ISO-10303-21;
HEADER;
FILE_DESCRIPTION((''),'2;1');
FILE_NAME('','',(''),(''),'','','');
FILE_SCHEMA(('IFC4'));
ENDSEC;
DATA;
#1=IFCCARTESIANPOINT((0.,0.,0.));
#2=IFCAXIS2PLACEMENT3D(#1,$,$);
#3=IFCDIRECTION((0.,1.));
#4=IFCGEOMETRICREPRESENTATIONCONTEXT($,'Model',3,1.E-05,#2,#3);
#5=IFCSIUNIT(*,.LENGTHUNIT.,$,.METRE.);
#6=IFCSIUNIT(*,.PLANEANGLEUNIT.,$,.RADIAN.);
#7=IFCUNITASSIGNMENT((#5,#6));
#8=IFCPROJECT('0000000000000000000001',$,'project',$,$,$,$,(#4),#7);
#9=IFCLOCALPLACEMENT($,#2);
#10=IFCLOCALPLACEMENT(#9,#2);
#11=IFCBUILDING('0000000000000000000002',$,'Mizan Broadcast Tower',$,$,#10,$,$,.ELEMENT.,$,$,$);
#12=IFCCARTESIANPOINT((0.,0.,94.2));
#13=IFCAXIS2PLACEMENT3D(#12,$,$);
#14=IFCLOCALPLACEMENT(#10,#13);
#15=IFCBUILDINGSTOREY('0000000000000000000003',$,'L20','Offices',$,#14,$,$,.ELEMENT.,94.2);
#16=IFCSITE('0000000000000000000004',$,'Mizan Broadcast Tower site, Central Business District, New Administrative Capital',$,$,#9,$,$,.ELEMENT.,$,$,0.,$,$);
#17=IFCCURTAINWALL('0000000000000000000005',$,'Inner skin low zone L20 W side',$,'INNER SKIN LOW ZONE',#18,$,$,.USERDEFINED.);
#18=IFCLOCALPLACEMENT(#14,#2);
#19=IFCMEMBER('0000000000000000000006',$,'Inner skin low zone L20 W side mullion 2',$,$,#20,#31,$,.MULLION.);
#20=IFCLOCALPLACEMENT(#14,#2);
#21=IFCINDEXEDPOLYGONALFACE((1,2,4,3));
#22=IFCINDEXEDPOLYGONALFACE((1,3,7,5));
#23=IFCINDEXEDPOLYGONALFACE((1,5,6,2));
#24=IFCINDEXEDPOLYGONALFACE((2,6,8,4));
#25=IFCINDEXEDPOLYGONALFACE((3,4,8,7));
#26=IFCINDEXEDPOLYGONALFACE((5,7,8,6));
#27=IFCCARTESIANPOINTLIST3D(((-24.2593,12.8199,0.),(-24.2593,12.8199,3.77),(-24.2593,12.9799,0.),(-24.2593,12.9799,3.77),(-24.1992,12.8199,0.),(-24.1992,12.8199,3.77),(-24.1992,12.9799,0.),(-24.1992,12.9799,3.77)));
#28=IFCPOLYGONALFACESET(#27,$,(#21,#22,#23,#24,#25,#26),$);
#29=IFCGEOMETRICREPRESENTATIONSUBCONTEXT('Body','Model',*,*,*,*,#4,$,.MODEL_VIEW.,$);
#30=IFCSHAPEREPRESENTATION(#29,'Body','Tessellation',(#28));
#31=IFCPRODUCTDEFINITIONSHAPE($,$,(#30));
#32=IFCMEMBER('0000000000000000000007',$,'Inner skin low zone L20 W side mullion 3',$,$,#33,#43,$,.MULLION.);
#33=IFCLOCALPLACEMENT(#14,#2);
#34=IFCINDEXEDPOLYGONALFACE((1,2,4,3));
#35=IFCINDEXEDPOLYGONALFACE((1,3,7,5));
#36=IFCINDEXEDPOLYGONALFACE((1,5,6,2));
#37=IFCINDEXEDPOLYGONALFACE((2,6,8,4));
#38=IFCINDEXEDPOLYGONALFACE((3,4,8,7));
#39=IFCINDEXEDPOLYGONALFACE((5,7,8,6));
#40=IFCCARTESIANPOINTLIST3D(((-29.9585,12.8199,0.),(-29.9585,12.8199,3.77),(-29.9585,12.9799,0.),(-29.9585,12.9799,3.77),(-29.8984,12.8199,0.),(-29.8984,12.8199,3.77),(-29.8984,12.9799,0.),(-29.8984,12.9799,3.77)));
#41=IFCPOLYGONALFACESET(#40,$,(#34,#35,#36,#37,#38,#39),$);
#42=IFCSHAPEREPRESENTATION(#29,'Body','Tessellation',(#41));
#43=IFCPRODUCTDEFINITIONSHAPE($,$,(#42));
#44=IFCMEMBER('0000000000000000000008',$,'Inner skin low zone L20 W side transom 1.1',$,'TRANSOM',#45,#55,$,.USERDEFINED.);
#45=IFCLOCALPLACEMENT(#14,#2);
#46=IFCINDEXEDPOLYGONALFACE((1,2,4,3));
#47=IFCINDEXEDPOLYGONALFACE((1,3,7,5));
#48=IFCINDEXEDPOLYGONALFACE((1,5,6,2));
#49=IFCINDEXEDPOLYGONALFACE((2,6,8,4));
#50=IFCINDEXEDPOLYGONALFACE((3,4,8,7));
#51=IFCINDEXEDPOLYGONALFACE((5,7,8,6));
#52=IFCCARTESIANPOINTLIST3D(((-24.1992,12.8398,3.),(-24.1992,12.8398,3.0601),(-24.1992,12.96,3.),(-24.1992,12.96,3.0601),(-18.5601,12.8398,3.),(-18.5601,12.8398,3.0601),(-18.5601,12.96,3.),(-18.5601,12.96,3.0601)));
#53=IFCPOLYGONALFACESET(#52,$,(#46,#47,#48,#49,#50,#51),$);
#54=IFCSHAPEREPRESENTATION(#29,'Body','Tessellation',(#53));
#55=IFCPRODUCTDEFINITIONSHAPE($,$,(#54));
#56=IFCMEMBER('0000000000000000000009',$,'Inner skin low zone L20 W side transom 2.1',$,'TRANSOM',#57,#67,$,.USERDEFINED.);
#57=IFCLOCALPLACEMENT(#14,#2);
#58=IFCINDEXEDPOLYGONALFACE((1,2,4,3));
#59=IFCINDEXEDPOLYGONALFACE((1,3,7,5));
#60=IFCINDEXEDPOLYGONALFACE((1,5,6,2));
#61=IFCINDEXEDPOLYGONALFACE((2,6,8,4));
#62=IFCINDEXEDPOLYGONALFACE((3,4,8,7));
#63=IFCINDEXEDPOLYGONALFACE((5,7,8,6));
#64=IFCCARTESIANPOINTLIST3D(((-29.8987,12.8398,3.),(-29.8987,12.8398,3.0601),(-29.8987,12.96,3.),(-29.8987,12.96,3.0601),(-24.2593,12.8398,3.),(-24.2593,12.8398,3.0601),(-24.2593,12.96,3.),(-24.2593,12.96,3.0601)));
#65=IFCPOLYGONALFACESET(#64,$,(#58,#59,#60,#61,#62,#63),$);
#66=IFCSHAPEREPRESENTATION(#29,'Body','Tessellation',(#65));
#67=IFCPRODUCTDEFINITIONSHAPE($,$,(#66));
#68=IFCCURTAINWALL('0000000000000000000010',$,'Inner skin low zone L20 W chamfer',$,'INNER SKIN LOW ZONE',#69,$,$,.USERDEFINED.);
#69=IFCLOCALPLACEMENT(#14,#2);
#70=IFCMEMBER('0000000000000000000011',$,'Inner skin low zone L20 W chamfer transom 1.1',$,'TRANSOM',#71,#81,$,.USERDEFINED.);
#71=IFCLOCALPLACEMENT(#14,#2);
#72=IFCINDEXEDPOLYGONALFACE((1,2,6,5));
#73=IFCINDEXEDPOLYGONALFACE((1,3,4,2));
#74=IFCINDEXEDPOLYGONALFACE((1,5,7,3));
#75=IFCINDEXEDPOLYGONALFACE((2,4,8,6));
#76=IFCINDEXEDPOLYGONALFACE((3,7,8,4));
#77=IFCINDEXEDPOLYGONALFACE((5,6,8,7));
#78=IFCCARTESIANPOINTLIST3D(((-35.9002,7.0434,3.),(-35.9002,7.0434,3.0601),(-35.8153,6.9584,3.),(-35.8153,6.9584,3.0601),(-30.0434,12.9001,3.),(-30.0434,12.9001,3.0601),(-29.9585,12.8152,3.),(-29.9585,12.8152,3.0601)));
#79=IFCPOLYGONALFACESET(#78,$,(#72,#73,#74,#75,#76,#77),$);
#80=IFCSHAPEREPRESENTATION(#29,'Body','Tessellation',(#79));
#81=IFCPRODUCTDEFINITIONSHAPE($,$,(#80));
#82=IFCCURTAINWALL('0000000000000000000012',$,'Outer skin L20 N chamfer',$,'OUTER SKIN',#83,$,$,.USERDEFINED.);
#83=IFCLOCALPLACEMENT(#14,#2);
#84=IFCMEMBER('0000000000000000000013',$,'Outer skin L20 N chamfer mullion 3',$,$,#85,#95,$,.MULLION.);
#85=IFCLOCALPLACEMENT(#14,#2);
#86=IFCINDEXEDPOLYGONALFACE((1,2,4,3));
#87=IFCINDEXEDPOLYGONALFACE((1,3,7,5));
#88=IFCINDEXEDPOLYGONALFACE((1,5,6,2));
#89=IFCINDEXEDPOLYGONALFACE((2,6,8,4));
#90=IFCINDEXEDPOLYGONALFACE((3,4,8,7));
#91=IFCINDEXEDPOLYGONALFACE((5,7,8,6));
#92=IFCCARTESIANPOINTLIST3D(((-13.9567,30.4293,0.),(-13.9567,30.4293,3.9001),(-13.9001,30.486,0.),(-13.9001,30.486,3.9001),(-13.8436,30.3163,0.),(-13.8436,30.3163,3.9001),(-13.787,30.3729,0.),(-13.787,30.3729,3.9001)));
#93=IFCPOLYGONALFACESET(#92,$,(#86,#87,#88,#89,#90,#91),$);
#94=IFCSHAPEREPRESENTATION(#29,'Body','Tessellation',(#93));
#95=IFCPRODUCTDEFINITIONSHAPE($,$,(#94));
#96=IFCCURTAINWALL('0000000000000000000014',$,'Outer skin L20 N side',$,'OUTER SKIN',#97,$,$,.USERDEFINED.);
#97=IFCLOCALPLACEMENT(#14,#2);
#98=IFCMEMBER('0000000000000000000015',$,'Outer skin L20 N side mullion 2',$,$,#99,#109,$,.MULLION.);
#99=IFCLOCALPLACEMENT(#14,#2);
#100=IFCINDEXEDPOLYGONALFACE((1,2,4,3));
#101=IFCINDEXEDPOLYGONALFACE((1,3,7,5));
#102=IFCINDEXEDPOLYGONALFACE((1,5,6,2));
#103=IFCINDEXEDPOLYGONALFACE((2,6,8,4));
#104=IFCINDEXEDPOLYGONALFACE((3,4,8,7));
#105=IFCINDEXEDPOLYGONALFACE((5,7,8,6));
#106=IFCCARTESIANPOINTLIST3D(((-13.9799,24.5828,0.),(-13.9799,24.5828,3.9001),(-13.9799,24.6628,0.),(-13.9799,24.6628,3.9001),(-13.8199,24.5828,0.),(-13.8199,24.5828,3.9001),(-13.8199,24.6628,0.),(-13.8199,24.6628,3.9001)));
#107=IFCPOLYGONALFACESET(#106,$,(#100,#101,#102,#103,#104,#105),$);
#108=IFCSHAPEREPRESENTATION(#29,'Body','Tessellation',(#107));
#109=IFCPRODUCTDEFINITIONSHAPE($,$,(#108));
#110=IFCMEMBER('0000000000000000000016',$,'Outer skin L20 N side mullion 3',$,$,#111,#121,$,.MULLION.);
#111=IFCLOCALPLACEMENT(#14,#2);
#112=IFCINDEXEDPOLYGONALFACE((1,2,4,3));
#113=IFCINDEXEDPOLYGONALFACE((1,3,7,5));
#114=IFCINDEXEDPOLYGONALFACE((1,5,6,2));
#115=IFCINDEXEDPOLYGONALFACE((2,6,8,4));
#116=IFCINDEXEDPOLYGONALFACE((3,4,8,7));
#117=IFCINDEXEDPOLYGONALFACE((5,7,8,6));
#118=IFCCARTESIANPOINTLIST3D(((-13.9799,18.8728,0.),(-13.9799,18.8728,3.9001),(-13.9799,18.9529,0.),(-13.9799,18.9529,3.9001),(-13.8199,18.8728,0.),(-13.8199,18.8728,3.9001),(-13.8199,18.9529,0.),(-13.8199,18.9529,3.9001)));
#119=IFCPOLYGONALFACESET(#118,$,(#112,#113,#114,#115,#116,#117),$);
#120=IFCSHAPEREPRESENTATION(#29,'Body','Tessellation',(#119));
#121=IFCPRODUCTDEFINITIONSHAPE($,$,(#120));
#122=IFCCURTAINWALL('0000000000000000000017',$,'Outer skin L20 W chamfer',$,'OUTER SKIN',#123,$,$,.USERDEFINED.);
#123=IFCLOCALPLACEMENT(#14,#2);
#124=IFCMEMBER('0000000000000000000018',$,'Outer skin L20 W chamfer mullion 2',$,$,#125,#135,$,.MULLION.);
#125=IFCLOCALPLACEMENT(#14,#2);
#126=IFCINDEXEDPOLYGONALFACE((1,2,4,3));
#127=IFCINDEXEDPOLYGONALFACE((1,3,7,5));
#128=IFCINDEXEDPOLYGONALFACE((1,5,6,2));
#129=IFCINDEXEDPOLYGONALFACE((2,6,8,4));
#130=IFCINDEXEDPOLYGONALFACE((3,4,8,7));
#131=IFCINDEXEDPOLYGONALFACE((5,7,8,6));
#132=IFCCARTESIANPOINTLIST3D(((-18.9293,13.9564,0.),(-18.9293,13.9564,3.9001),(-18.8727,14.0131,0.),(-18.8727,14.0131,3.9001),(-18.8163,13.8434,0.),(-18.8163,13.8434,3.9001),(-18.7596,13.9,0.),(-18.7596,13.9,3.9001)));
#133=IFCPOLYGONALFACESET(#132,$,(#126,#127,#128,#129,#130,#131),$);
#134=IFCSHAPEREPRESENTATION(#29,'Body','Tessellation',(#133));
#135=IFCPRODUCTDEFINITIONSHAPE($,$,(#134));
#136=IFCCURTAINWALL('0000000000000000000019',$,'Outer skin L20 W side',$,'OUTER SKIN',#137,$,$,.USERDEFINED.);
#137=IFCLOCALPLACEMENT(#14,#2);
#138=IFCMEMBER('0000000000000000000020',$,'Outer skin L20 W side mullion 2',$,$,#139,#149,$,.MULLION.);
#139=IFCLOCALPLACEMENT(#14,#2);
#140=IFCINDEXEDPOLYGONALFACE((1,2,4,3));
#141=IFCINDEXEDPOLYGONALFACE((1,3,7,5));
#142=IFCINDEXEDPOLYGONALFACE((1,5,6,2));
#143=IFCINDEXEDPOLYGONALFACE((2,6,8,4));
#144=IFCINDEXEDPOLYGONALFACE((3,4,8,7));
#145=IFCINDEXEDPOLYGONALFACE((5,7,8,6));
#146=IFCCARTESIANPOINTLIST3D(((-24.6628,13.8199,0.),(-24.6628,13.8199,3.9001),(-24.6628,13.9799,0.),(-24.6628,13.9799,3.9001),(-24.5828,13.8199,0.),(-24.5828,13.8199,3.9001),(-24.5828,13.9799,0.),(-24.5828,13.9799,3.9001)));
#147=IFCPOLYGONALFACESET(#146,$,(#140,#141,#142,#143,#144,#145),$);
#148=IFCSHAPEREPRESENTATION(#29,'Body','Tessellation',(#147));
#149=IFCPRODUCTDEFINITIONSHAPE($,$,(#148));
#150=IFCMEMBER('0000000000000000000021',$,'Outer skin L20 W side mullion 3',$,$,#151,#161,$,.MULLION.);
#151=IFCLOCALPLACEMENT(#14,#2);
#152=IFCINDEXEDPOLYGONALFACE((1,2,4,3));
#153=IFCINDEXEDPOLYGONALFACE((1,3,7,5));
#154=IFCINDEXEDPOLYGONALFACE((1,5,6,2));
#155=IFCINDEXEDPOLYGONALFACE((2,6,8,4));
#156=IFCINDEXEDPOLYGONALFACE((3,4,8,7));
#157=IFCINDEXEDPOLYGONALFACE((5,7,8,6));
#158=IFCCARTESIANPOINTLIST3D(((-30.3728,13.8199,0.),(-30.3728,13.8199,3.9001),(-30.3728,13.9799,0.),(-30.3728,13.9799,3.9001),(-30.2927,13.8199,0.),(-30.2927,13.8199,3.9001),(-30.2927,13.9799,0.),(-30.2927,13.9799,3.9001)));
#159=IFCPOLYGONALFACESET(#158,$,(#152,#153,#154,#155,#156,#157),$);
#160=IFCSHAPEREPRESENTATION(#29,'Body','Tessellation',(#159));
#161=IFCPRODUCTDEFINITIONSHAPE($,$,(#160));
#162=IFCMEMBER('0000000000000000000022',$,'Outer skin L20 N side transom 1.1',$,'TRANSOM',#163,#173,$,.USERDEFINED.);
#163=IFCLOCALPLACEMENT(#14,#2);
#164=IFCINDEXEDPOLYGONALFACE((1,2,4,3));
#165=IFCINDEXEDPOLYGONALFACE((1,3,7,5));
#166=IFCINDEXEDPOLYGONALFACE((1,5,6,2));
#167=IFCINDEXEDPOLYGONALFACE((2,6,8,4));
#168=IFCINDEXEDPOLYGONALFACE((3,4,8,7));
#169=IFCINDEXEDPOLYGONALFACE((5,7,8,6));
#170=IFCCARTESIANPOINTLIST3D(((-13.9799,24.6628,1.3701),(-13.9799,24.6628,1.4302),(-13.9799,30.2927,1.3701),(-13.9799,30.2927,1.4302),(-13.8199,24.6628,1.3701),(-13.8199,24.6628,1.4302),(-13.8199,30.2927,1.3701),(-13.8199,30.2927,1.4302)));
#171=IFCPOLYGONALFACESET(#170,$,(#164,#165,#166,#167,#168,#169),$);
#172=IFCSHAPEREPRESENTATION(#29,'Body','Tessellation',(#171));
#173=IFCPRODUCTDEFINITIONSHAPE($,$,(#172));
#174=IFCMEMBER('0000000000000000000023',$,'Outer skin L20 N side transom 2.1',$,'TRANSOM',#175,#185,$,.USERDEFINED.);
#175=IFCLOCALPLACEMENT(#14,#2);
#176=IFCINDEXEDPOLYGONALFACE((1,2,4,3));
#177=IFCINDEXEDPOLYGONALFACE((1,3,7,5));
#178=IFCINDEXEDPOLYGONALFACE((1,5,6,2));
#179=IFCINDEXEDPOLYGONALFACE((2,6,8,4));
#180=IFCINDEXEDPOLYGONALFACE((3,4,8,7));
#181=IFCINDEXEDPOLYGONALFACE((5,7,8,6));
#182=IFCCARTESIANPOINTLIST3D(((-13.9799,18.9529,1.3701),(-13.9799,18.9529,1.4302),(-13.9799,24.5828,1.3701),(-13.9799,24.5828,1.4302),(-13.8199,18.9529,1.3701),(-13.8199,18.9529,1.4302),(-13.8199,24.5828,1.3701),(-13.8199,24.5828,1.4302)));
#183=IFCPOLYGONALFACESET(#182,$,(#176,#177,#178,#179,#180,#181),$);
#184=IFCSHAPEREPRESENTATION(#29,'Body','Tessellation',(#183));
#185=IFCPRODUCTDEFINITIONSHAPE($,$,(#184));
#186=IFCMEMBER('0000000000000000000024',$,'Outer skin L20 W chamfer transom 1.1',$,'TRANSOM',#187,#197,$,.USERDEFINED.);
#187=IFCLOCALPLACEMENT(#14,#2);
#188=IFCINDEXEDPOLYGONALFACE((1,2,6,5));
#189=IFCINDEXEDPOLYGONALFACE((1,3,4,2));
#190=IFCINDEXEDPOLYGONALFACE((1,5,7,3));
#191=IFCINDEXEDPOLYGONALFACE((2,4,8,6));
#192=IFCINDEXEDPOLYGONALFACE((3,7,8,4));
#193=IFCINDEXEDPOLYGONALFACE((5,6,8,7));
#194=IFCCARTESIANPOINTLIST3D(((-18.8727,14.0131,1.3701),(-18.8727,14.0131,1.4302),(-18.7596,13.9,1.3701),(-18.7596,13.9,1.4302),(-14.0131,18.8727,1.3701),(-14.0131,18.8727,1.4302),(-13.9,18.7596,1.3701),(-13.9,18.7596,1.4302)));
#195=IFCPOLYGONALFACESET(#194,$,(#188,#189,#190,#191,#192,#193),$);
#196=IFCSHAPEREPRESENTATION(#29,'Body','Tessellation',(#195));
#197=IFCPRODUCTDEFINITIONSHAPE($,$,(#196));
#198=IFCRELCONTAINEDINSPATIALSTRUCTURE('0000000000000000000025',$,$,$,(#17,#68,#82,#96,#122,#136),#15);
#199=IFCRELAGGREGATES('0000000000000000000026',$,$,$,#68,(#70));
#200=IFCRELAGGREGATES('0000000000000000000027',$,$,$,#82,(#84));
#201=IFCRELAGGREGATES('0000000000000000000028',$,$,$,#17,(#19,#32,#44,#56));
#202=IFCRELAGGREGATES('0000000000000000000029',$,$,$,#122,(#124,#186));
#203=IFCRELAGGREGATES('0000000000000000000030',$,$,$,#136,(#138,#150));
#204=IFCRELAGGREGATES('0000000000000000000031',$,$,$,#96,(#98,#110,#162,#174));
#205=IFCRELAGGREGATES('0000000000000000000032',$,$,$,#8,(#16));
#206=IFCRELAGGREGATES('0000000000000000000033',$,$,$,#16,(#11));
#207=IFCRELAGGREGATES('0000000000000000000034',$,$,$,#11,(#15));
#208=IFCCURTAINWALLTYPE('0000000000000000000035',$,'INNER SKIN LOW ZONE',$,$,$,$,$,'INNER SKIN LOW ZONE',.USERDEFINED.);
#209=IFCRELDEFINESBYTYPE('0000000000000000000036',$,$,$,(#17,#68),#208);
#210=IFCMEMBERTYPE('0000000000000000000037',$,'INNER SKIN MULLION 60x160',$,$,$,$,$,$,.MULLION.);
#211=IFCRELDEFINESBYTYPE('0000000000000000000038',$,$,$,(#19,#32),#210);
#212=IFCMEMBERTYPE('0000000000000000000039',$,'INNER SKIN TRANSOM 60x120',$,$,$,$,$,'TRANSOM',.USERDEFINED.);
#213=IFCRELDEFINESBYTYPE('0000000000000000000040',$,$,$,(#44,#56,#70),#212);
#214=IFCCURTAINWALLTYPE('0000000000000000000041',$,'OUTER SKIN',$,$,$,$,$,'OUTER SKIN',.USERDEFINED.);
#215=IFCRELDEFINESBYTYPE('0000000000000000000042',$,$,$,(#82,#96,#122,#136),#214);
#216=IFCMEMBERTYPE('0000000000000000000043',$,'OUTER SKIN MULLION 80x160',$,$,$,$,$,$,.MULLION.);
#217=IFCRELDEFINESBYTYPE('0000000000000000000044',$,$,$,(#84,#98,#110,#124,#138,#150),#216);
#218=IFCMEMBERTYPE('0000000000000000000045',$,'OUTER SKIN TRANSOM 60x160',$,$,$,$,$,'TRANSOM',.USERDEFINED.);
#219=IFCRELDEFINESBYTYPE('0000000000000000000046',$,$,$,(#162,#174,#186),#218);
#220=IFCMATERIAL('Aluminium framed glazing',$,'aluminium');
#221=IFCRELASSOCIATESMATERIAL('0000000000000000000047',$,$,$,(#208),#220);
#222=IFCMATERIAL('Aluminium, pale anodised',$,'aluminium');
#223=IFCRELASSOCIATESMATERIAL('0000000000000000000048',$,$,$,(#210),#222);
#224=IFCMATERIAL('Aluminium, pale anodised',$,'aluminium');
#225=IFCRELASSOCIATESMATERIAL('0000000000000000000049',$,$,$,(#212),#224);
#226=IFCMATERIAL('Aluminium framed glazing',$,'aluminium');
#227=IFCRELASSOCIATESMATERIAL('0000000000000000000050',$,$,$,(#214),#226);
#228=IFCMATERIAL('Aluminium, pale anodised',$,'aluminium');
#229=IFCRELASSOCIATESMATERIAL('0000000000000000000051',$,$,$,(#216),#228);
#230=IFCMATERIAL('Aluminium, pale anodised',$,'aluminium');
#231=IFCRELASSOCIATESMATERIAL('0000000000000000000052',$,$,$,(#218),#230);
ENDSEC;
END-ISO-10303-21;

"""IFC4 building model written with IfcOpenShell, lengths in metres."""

from ifc_helpers import new_model, si_unit, direction, frame, origin, origin_2d, place, context, subcontext, project, spatial, rectangle, extrude, material, material_profile, profile_set, type_object, element, aggregate, save


model = new_model("IFC4")

# Units and contexts
model_context = context("Model", 3, precision=1e-05, world=origin(), true_north=direction((0.0, 1.0)))
body_context = subcontext(model_context, "Body", "Model", "MODEL_VIEW")
ifc_project = project(units=[si_unit("LENGTHUNIT", "METRE"), si_unit("PLANEANGLEUNIT", "RADIAN")], contexts=[model_context])

# Site, building, storey
site_placement = place(None, origin())
site = spatial("IfcSite", under=ifc_project, at=site_placement, Name="Mizan Broadcast Tower site, Central Business District, New Administrative Capital", CompositionType="ELEMENT", RefElevation=0.0)
building_placement = place(site_placement, origin())
building = spatial("IfcBuilding", under=site, at=building_placement, Name="Mizan Broadcast Tower", CompositionType="ELEMENT")
storey_placement = place(building_placement, frame((0.0, 0.0, 94.2)))
storey = spatial("IfcBuildingStorey", under=building, at=storey_placement, Name="L20", Description="Offices", CompositionType="ELEMENT", Elevation=94.2)

# Curtain wall, members
ifc_material_1 = material(Name="Aluminium framed glazing", Category="aluminium")
curtain_wall_type_1 = type_object("IfcCurtainWallType", Name="INNER SKIN LOW ZONE", ElementType="INNER SKIN LOW ZONE", PredefinedType="USERDEFINED", material=ifc_material_1)
curtain_wall_1_placement = place(storey_placement, origin())
curtain_wall_1 = element("IfcCurtainWall", 1, at=curtain_wall_1_placement, inside=storey, type_object=curtain_wall_type_1, Name="Inner skin low zone L20 W side", ObjectType="INNER SKIN LOW ZONE", PredefinedType="USERDEFINED")
ifc_material_2 = material(Name="Aluminium, pale anodised", Category="aluminium")
ifc_material_profile_1 = material_profile(ifc_material_2, rectangle(XDim=0.1599, YDim=0.0601, at=origin_2d()), Name="MULLION 160x60")
ifc_profile_set_1 = profile_set([ifc_material_profile_1], Name="Aluminium, pale anodised")
member_type_1 = type_object("IfcMemberType", Name="INNER SKIN MULLION 60x160", PredefinedType="MULLION", material=ifc_profile_set_1)
member_1_placement = place(storey_placement, frame((-24.2292, 12.8999, 0.0), z_axis=(0.0, 0.0, 1.0), x_axis=(0.0, -1.0, 0.0)))
member_1 = element("IfcMember", 2, at=member_1_placement, type_object=member_type_1, Name="Inner skin low zone L20 W side mullion 2", PredefinedType="MULLION", context=body_context, shape_type="SweptSolid", body=[
    extrude(rectangle(XDim=0.1599, YDim=0.0601, at=origin_2d()), origin(), (0.0, 0.0, 1.0), 3.77),
])
member_2_placement = place(storey_placement, frame((-29.9285, 12.8999, 0.0), z_axis=(0.0, 0.0, 1.0), x_axis=(0.0, -1.0, 0.0)))
member_2 = element("IfcMember", 3, at=member_2_placement, type_object=member_type_1, Name="Inner skin low zone L20 W side mullion 3", PredefinedType="MULLION", context=body_context, shape_type="SweptSolid", body=[
    extrude(rectangle(XDim=0.1599, YDim=0.0601, at=origin_2d()), origin(), (0.0, 0.0, 1.0), 3.77),
])
ifc_material_3 = material(Name="Aluminium, pale anodised", Category="aluminium")
ifc_material_profile_2 = material_profile(ifc_material_3, rectangle(XDim=0.1201, YDim=0.0601, at=origin_2d()), Name="TRANSOM 120x60")
ifc_profile_set_2 = profile_set([ifc_material_profile_2], Name="Aluminium, pale anodised")
member_type_2 = type_object("IfcMemberType", Name="INNER SKIN TRANSOM 60x120", ElementType="TRANSOM", PredefinedType="USERDEFINED", material=ifc_profile_set_2)
member_3_placement = place(storey_placement, frame((-18.5601, 12.8999, 3.03), z_axis=(-1.0, 0.0, 0.0), x_axis=(0.0, -1.0, 0.0)))
member_3 = element("IfcMember", 4, at=member_3_placement, type_object=member_type_2, Name="Inner skin low zone L20 W side transom 1.1", ObjectType="TRANSOM", PredefinedType="USERDEFINED", context=body_context, shape_type="SweptSolid", body=[
    extrude(rectangle(XDim=0.1201, YDim=0.0601, at=origin_2d()), origin(), (0.0, 0.0, 1.0), 5.6392),
])
member_4_placement = place(storey_placement, frame((-24.2593, 12.8999, 3.03), z_axis=(-1.0, 0.0, 0.0), x_axis=(0.0, -1.0, 0.0)))
member_4 = element("IfcMember", 5, at=member_4_placement, type_object=member_type_2, Name="Inner skin low zone L20 W side transom 2.1", ObjectType="TRANSOM", PredefinedType="USERDEFINED", context=body_context, shape_type="SweptSolid", body=[
    extrude(rectangle(XDim=0.1201, YDim=0.0601, at=origin_2d()), origin(), (0.0, 0.0, 1.0), 5.6394),
])

# Curtain walls, members
curtain_wall_2_placement = place(storey_placement, origin())
curtain_wall_2 = element("IfcCurtainWall", 6, at=curtain_wall_2_placement, inside=storey, type_object=curtain_wall_type_1, Name="Inner skin low zone L20 W chamfer", ObjectType="INNER SKIN LOW ZONE", PredefinedType="USERDEFINED")
member_5_placement = place(storey_placement, frame((-30.001, 12.8577, 3.03), z_axis=(-0.707107, -0.707107, 0.0), x_axis=(0.707107, -0.707107, 0.0)))
member_5 = element("IfcMember", 7, at=member_5_placement, type_object=member_type_2, Name="Inner skin low zone L20 W chamfer transom 1.1", ObjectType="TRANSOM", PredefinedType="USERDEFINED", context=body_context, shape_type="SweptSolid", body=[
    extrude(rectangle(XDim=0.1201, YDim=0.0601, at=origin_2d()), origin(), (0.0, 0.0, 1.0), 8.2827),
])
aggregate(curtain_wall_2, [member_5])
ifc_material_4 = material(Name="Aluminium framed glazing", Category="aluminium")
curtain_wall_type_2 = type_object("IfcCurtainWallType", Name="OUTER SKIN", ElementType="OUTER SKIN", PredefinedType="USERDEFINED", material=ifc_material_4)
curtain_wall_3_placement = place(storey_placement, origin())
curtain_wall_3 = element("IfcCurtainWall", 8, at=curtain_wall_3_placement, inside=storey, type_object=curtain_wall_type_2, Name="Outer skin L20 N chamfer", ObjectType="OUTER SKIN", PredefinedType="USERDEFINED")
ifc_material_5 = material(Name="Aluminium, pale anodised", Category="aluminium")
ifc_material_profile_3 = material_profile(ifc_material_5, rectangle(XDim=0.1599, YDim=0.0801, at=origin_2d()), Name="MULLION 160x80")
ifc_profile_set_3 = profile_set([ifc_material_profile_3], Name="Aluminium, pale anodised")
member_type_3 = type_object("IfcMemberType", Name="OUTER SKIN MULLION 80x160", PredefinedType="MULLION", material=ifc_profile_set_3)
member_6_placement = place(storey_placement, frame((-13.8718, 30.4011, 0.0), z_axis=(0.0, 0.0, 1.0), x_axis=(0.707107, -0.707107, 0.0)))
member_6 = element("IfcMember", 9, at=member_6_placement, type_object=member_type_3, Name="Outer skin L20 N chamfer mullion 3", PredefinedType="MULLION", context=body_context, shape_type="SweptSolid", body=[
    extrude(rectangle(XDim=0.1599, YDim=0.0801, at=origin_2d()), origin(), (0.0, 0.0, 1.0), 3.9001),
])
aggregate(curtain_wall_3, [member_6])

# Curtain wall, members
curtain_wall_4_placement = place(storey_placement, origin())
curtain_wall_4 = element("IfcCurtainWall", 10, at=curtain_wall_4_placement, inside=storey, type_object=curtain_wall_type_2, Name="Outer skin L20 N side", ObjectType="OUTER SKIN", PredefinedType="USERDEFINED")
member_7_placement = place(storey_placement, frame((-13.8999, 24.6228, 0.0), z_axis=(0.0, 0.0, 1.0), x_axis=(1.0, 0.0, 0.0)))
member_7 = element("IfcMember", 11, at=member_7_placement, type_object=member_type_3, Name="Outer skin L20 N side mullion 2", PredefinedType="MULLION", context=body_context, shape_type="SweptSolid", body=[
    extrude(rectangle(XDim=0.1599, YDim=0.0801, at=origin_2d()), origin(), (0.0, 0.0, 1.0), 3.9001),
])
member_8_placement = place(storey_placement, frame((-13.8999, 18.9128, 0.0), z_axis=(0.0, 0.0, 1.0), x_axis=(1.0, 0.0, 0.0)))
member_8 = element("IfcMember", 12, at=member_8_placement, type_object=member_type_3, Name="Outer skin L20 N side mullion 3", PredefinedType="MULLION", context=body_context, shape_type="SweptSolid", body=[
    extrude(rectangle(XDim=0.1599, YDim=0.0801, at=origin_2d()), origin(), (0.0, 0.0, 1.0), 3.9001),
])

# Curtain wall, member
curtain_wall_5_placement = place(storey_placement, origin())
curtain_wall_5 = element("IfcCurtainWall", 13, at=curtain_wall_5_placement, inside=storey, type_object=curtain_wall_type_2, Name="Outer skin L20 W chamfer", ObjectType="OUTER SKIN", PredefinedType="USERDEFINED")
member_9_placement = place(storey_placement, frame((-18.8445, 13.9282, 0.0), z_axis=(0.0, 0.0, 1.0), x_axis=(0.707107, -0.707107, 0.0)))
member_9 = element("IfcMember", 14, at=member_9_placement, type_object=member_type_3, Name="Outer skin L20 W chamfer mullion 2", PredefinedType="MULLION", context=body_context, shape_type="SweptSolid", body=[
    extrude(rectangle(XDim=0.1599, YDim=0.0801, at=origin_2d()), origin(), (0.0, 0.0, 1.0), 3.9001),
])

# Curtain wall, members
curtain_wall_6_placement = place(storey_placement, origin())
curtain_wall_6 = element("IfcCurtainWall", 15, at=curtain_wall_6_placement, inside=storey, type_object=curtain_wall_type_2, Name="Outer skin L20 W side", ObjectType="OUTER SKIN", PredefinedType="USERDEFINED")
member_10_placement = place(storey_placement, frame((-24.6228, 13.8999, 0.0), z_axis=(0.0, 0.0, 1.0), x_axis=(0.0, -1.0, 0.0)))
member_10 = element("IfcMember", 16, at=member_10_placement, type_object=member_type_3, Name="Outer skin L20 W side mullion 2", PredefinedType="MULLION", context=body_context, shape_type="SweptSolid", body=[
    extrude(rectangle(XDim=0.1599, YDim=0.0801, at=origin_2d()), origin(), (0.0, 0.0, 1.0), 3.9001),
])
member_11_placement = place(storey_placement, frame((-30.3328, 13.8999, 0.0), z_axis=(0.0, 0.0, 1.0), x_axis=(0.0, -1.0, 0.0)))
member_11 = element("IfcMember", 17, at=member_11_placement, type_object=member_type_3, Name="Outer skin L20 W side mullion 3", PredefinedType="MULLION", context=body_context, shape_type="SweptSolid", body=[
    extrude(rectangle(XDim=0.1599, YDim=0.0801, at=origin_2d()), origin(), (0.0, 0.0, 1.0), 3.9001),
])

# Members
ifc_material_6 = material(Name="Aluminium, pale anodised", Category="aluminium")
ifc_material_profile_4 = material_profile(ifc_material_6, rectangle(XDim=0.1599, YDim=0.0601, at=origin_2d()), Name="TRANSOM 160x60")
ifc_profile_set_4 = profile_set([ifc_material_profile_4], Name="Aluminium, pale anodised")
member_type_4 = type_object("IfcMemberType", Name="OUTER SKIN TRANSOM 60x160", ElementType="TRANSOM", PredefinedType="USERDEFINED", material=ifc_profile_set_4)
member_12_placement = place(storey_placement, frame((-13.8999, 30.2927, 1.4001), z_axis=(0.0, -1.0, 0.0), x_axis=(1.0, 0.0, 0.0)))
member_12 = element("IfcMember", 18, at=member_12_placement, type_object=member_type_4, Name="Outer skin L20 N side transom 1.1", ObjectType="TRANSOM", PredefinedType="USERDEFINED", context=body_context, shape_type="SweptSolid", body=[
    extrude(rectangle(XDim=0.1599, YDim=0.0601, at=origin_2d()), origin(), (0.0, 0.0, 1.0), 5.6299),
])
member_13_placement = place(storey_placement, frame((-13.8999, 24.5828, 1.4001), z_axis=(0.0, -1.0, 0.0), x_axis=(1.0, 0.0, 0.0)))
member_13 = element("IfcMember", 19, at=member_13_placement, type_object=member_type_4, Name="Outer skin L20 N side transom 2.1", ObjectType="TRANSOM", PredefinedType="USERDEFINED", context=body_context, shape_type="SweptSolid", body=[
    extrude(rectangle(XDim=0.1599, YDim=0.0601, at=origin_2d()), origin(), (0.0, 0.0, 1.0), 5.6299),
])
member_14_placement = place(storey_placement, frame((-13.9565, 18.8162, 1.4001), z_axis=(-0.707107, -0.707107, 0.0), x_axis=(0.707107, -0.707107, 0.0)))
member_14 = element("IfcMember", 20, at=member_14_placement, type_object=member_type_4, Name="Outer skin L20 W chamfer transom 1.1", ObjectType="TRANSOM", PredefinedType="USERDEFINED", context=body_context, shape_type="SweptSolid", body=[
    extrude(rectangle(XDim=0.1599, YDim=0.0601, at=origin_2d()), origin(), (0.0, 0.0, 1.0), 6.8726),
])

aggregate(curtain_wall_1, [member_1, member_2, member_3, member_4])
aggregate(curtain_wall_5, [member_9, member_14])
aggregate(curtain_wall_6, [member_10, member_11])
aggregate(curtain_wall_4, [member_7, member_8, member_12, member_13])

save(model, "model.ifc")
